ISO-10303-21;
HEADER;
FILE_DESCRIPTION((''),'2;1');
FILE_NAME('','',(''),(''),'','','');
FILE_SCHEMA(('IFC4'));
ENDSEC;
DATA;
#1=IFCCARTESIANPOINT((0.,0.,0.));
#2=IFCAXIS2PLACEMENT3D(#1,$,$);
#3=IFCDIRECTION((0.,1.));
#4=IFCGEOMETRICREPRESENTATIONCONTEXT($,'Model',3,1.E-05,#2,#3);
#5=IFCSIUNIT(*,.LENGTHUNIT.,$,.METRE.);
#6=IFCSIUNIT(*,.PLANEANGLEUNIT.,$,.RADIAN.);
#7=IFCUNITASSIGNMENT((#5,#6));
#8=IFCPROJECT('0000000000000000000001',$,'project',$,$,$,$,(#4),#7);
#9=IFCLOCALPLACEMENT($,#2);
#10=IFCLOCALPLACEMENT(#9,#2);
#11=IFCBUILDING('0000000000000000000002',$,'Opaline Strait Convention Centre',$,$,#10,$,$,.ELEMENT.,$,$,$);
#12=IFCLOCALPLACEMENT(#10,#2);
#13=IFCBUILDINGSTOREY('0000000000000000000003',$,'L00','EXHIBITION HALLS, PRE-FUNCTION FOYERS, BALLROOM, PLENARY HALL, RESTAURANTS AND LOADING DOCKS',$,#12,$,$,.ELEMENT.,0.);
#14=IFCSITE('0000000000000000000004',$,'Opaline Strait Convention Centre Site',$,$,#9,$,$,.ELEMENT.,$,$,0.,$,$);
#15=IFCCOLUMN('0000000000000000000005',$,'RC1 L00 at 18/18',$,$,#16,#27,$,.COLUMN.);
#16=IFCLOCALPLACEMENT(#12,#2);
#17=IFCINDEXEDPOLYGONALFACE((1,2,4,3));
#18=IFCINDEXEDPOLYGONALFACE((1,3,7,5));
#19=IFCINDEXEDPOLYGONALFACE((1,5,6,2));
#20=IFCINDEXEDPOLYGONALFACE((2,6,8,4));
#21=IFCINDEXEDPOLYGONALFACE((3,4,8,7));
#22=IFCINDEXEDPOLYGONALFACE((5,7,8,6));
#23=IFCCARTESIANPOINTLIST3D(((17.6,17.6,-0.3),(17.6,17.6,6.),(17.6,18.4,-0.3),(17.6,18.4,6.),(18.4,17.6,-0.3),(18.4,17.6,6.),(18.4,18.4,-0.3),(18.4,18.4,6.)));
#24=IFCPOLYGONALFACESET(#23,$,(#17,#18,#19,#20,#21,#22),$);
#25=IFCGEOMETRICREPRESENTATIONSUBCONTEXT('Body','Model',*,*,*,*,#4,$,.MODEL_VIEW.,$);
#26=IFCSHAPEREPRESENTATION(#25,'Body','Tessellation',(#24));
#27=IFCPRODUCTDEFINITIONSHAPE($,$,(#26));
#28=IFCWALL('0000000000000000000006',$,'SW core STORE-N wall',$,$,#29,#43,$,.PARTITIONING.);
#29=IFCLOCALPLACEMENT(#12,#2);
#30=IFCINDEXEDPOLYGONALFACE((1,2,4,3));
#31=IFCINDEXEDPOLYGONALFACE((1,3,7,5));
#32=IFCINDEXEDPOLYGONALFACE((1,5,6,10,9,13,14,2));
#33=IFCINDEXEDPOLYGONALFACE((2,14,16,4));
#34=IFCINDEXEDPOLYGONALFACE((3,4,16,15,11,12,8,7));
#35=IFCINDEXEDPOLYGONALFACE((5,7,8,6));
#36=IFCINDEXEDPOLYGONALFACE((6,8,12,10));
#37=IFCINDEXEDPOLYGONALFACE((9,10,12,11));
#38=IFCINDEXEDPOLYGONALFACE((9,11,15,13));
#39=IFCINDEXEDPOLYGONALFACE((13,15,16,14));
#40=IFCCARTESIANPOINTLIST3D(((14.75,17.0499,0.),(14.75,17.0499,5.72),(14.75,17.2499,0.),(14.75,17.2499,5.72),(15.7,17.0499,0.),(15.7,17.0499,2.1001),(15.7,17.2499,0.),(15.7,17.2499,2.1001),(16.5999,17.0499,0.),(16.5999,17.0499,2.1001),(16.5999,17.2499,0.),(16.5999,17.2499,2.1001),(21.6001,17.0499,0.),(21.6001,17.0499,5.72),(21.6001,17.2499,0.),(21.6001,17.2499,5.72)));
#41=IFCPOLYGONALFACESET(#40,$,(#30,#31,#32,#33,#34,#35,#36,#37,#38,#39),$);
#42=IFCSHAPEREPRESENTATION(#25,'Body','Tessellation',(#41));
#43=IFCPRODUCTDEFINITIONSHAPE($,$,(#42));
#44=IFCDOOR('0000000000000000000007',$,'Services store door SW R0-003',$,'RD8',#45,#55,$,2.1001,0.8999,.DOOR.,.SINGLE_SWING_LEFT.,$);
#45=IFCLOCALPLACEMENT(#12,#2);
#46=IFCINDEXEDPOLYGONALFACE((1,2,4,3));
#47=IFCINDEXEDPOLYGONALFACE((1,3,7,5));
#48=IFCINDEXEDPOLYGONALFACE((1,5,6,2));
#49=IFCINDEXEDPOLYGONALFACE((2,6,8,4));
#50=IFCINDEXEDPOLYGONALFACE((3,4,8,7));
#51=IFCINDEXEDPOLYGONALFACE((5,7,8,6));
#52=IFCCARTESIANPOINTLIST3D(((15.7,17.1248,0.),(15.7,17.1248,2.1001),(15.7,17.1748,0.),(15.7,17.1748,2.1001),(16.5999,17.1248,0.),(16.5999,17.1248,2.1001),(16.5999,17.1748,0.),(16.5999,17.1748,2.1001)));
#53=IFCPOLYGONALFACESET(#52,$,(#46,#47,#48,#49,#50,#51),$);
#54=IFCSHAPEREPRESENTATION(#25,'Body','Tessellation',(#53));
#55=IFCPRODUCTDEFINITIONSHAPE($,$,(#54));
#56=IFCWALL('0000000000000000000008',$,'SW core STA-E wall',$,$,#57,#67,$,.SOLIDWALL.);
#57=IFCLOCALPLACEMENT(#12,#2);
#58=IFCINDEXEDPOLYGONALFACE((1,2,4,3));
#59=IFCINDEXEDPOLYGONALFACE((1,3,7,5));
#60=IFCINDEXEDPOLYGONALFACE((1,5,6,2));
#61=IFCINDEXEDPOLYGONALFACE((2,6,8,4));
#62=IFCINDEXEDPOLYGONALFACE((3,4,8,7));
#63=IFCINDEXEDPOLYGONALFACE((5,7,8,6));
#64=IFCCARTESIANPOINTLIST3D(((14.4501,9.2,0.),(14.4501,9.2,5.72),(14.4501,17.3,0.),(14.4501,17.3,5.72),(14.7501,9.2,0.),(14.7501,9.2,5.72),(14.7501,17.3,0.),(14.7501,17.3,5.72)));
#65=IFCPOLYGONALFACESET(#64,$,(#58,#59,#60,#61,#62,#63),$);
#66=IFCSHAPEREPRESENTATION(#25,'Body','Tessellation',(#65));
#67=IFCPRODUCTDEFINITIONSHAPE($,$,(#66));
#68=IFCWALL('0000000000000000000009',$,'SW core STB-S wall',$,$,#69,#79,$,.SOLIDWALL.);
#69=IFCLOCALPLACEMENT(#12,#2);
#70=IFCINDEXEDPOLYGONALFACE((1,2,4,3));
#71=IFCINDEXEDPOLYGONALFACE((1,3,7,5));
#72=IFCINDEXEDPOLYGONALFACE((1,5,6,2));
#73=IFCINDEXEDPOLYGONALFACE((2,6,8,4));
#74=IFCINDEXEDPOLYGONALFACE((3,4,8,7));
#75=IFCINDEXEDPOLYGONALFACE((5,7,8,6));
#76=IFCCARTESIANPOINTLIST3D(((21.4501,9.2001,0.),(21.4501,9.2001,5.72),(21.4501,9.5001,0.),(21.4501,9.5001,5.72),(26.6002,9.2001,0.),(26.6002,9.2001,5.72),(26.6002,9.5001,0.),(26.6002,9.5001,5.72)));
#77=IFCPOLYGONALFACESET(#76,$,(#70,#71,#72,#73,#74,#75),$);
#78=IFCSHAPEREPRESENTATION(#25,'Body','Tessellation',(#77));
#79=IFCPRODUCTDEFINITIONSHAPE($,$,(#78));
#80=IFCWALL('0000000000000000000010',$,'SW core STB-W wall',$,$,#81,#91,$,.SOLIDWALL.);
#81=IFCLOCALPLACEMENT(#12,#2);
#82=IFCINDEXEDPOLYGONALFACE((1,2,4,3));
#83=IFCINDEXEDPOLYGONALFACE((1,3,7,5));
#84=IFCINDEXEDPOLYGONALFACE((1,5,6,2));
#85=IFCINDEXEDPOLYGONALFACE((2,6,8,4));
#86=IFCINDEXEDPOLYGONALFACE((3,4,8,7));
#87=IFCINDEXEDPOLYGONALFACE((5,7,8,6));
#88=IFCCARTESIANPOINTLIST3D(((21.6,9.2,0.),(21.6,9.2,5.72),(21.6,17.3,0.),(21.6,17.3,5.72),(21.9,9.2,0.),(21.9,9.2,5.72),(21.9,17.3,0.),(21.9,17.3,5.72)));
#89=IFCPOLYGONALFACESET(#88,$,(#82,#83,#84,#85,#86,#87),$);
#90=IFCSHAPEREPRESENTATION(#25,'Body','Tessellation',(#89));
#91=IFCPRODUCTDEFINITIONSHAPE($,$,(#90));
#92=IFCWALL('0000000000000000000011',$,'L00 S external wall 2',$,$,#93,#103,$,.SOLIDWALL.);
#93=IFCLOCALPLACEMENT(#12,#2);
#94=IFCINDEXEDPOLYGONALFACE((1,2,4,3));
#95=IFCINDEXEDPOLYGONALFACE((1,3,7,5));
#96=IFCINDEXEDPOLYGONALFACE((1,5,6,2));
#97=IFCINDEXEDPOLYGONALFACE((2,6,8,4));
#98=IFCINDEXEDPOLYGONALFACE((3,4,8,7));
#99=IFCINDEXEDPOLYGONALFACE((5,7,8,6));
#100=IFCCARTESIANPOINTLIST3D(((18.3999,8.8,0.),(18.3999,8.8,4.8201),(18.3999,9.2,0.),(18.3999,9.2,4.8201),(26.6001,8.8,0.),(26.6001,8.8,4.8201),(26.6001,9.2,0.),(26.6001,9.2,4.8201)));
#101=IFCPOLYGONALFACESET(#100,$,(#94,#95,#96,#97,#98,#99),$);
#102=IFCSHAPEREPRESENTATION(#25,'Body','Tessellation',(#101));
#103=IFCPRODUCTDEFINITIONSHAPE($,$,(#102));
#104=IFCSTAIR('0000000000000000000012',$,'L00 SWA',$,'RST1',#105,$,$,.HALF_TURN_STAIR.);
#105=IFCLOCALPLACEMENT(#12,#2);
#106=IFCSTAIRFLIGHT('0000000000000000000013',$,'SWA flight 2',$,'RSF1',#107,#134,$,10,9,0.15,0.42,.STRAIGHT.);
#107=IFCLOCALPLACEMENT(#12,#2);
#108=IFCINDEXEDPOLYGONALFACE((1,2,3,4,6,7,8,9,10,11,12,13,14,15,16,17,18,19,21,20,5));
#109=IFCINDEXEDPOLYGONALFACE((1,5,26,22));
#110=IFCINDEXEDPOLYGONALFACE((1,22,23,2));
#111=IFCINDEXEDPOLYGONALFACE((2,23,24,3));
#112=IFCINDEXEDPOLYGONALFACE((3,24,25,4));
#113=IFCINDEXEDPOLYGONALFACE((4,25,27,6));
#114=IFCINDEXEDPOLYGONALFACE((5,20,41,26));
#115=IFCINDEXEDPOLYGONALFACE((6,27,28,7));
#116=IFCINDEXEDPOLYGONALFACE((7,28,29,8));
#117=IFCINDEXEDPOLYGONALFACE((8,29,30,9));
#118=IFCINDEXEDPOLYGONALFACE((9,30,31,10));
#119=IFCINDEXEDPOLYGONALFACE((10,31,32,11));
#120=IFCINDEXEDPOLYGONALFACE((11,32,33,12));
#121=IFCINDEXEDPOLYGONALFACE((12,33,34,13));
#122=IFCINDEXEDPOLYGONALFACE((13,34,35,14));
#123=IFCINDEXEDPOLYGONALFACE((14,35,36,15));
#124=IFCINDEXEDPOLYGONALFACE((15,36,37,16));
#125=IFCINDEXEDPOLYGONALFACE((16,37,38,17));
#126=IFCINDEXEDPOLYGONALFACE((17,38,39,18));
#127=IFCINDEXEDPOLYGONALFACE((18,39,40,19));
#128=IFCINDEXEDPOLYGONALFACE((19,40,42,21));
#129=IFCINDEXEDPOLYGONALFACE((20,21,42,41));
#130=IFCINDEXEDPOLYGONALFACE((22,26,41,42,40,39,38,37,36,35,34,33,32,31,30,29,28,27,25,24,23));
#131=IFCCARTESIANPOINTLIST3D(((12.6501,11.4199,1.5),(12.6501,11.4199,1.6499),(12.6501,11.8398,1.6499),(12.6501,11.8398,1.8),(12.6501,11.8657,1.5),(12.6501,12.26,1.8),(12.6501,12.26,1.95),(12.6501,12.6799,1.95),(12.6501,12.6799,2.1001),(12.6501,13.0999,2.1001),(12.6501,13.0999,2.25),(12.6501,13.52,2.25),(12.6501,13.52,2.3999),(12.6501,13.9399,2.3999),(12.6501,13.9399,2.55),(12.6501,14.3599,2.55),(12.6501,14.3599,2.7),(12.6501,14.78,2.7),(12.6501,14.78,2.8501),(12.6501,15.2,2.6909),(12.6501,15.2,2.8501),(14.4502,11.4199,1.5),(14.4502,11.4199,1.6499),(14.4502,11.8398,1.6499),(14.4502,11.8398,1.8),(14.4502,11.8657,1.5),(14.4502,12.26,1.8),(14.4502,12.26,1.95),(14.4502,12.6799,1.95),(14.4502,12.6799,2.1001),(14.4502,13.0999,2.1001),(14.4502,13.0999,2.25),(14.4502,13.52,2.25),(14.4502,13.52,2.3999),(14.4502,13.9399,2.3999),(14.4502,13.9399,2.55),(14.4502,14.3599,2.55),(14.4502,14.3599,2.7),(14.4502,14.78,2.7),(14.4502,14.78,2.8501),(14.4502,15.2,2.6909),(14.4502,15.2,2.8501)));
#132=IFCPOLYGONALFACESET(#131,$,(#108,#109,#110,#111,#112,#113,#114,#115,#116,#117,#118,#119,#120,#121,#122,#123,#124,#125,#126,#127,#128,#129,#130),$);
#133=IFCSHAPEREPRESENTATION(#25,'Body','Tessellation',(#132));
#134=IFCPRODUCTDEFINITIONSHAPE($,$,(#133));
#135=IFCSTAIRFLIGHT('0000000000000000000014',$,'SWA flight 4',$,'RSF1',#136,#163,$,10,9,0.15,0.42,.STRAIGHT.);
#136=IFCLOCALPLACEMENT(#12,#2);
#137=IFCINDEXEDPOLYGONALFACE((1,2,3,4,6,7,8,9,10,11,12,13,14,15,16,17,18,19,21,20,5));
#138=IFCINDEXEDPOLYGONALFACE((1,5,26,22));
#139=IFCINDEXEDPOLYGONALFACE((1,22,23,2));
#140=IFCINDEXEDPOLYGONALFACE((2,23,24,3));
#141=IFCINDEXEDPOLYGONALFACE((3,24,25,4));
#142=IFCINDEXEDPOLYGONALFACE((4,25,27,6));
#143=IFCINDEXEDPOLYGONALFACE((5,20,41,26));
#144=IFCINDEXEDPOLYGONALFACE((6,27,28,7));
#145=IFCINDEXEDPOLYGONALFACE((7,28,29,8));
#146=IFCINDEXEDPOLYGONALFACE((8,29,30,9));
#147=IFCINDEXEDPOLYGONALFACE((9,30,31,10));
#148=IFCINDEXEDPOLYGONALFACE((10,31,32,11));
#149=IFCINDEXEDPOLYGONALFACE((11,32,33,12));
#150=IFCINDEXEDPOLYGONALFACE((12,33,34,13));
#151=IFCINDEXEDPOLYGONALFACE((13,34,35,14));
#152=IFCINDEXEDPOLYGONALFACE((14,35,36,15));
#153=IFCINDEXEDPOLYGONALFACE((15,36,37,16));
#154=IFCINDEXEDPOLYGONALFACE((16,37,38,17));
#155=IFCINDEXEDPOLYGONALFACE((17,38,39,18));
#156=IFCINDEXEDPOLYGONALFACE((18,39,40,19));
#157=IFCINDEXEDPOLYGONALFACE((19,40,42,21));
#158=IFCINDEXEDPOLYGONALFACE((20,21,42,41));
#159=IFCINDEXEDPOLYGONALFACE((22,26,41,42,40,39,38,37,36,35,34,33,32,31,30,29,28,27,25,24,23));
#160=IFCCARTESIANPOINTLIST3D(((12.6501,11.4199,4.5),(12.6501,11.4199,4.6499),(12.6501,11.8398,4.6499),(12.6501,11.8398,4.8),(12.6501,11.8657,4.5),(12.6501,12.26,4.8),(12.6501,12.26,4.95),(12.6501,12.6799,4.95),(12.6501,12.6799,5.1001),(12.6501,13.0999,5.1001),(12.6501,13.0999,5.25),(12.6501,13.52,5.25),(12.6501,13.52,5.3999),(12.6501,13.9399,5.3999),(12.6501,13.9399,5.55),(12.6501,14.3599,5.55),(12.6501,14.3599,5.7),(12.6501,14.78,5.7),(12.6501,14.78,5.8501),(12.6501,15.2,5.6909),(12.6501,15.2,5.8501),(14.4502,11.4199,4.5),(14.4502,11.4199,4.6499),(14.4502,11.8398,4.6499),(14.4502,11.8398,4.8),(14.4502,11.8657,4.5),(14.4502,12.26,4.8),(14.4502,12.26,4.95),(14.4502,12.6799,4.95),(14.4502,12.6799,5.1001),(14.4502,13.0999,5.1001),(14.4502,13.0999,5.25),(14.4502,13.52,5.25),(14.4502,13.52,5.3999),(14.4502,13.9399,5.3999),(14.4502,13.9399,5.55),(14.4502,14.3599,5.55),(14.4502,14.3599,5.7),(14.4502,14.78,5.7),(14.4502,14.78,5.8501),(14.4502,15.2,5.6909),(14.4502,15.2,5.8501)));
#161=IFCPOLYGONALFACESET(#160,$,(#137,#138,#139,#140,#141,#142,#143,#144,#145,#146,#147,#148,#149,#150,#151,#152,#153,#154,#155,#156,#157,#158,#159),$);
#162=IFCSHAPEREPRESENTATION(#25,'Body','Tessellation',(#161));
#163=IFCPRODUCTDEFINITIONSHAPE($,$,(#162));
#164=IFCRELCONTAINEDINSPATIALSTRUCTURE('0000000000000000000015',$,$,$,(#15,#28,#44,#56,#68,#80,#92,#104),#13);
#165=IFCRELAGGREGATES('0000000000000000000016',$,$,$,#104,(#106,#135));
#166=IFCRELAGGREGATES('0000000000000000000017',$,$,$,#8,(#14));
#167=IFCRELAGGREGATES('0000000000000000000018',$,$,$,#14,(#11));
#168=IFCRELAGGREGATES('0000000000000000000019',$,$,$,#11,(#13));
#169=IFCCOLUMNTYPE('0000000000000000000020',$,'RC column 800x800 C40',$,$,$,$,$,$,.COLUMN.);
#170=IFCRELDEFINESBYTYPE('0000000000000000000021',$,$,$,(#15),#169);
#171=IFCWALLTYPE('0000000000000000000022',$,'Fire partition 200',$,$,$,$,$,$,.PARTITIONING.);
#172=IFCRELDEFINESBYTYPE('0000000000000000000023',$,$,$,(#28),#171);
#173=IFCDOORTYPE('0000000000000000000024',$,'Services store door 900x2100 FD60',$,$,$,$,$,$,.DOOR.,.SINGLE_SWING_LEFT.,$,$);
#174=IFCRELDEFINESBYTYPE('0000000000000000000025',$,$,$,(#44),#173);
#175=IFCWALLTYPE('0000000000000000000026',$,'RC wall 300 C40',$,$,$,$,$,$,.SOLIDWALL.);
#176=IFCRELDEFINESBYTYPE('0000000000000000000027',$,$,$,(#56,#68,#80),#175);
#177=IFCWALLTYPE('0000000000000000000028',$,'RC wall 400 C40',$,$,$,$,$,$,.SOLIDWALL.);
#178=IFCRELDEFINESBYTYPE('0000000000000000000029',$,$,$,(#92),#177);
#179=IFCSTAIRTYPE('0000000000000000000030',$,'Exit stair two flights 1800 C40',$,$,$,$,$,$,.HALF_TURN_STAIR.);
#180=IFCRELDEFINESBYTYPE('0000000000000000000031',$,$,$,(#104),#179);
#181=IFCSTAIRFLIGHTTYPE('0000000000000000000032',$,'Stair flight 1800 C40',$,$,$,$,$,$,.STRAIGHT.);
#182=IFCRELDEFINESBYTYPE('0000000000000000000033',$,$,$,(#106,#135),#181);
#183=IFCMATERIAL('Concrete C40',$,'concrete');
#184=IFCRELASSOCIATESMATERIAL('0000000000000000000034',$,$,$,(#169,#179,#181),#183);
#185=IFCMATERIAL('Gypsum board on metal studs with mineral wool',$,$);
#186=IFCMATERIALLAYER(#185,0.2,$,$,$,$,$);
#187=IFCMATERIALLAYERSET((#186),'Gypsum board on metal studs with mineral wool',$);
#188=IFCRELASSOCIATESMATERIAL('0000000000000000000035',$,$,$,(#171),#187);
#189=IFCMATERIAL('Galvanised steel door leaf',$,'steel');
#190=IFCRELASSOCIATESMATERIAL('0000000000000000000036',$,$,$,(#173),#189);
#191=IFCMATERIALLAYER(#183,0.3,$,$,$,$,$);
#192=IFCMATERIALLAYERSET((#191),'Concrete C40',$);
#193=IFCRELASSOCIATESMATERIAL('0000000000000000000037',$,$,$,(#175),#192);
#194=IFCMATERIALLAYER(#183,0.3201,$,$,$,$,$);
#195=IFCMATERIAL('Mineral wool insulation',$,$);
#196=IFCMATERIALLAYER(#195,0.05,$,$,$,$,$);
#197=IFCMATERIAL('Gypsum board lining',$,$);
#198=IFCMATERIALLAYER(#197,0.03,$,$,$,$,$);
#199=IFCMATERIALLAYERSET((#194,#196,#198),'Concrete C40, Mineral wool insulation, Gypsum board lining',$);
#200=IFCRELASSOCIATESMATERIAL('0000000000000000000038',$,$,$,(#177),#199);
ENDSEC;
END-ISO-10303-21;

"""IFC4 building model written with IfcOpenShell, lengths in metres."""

from ifc_helpers import new_model, si_unit, direction, frame, frame_2d, origin, origin_2d, place, context, subcontext, project, spatial, polyline, rectangle, outline, extrude, material, layer, layer_set, material_profile, profile_set, type_object, element, fill, aggregate, save


model = new_model("IFC4")

# Units and contexts
model_context = context("Model", 3, precision=1e-05, world=origin(), true_north=direction((0.0, 1.0)))
body_context = subcontext(model_context, "Body", "Model", "MODEL_VIEW")
ifc_project = project(units=[si_unit("LENGTHUNIT", "METRE"), si_unit("PLANEANGLEUNIT", "RADIAN")], contexts=[model_context])

# Site, building, storey
site_placement = place(None, origin())
site = spatial("IfcSite", under=ifc_project, at=site_placement, Name="Opaline Strait Convention Centre Site", CompositionType="ELEMENT", RefElevation=0.0)
building_placement = place(site_placement, origin())
building = spatial("IfcBuilding", under=site, at=building_placement, Name="Opaline Strait Convention Centre", CompositionType="ELEMENT")
storey_placement = place(building_placement, origin())
storey = spatial("IfcBuildingStorey", under=building, at=storey_placement, Name="L00", Description="EXHIBITION HALLS, PRE-FUNCTION FOYERS, BALLROOM, PLENARY HALL, RESTAURANTS AND LOADING DOCKS", CompositionType="ELEMENT", Elevation=0.0)

# Column
ifc_material_1 = material(Name="Concrete C40", Category="concrete")
ifc_material_profile_1 = material_profile(ifc_material_1, rectangle(XDim=0.8, YDim=0.8, at=origin_2d()), Name="RC 800x800")
ifc_profile_set_1 = profile_set([ifc_material_profile_1], Name="Concrete C40")
column_type = type_object("IfcColumnType", Name="RC column 800x800 C40", PredefinedType="COLUMN", material=ifc_profile_set_1)
for number, where, z_axis, x_axis, name in (
    (1, (18.0, 18.0, -0.3), (0.0, 0.0, 1.0), (1.0, 0.0, 0.0), "RC1 L00 at 18/18"),
):
    element("IfcColumn", number, at=place(storey_placement, frame(where, z_axis=z_axis, x_axis=x_axis)), inside=storey, type_object=column_type, Name=name, PredefinedType="COLUMN", context=body_context, shape_type="SweptSolid", body=[
        extrude(rectangle(XDim=0.8, YDim=0.8, at=origin_2d()), origin(), (0.0, 0.0, 1.0), 6.3),
    ])

# Wall, opening, door
ifc_material_2 = material(Name="Gypsum board on metal studs with mineral wool")
ifc_layer_1 = layer(ifc_material_2, 0.2)
ifc_layer_set_1 = layer_set([ifc_layer_1], Name="Gypsum board on metal studs with mineral wool")
wall_type_1 = type_object("IfcWallType", Name="Fire partition 200", PredefinedType="PARTITIONING", material=ifc_layer_set_1)
wall_1_placement = place(storey_placement, frame((14.75, 17.1499, 0.0), z_axis=(0.0, 0.0, 1.0), x_axis=(1.0, 0.0, 0.0)))
wall_1 = element("IfcWall", 2, at=wall_1_placement, inside=storey, type_object=wall_type_1, Name="SW core STORE-N wall", PredefinedType="PARTITIONING", context=body_context, shape_type="SweptSolid", body=[
    extrude(rectangle(XDim=6.8501, YDim=0.2, at=frame_2d((3.425, 0.0))), origin(), (0.0, 0.0, 1.0), 5.72),
])
opening_1_placement = place(wall_1_placement, frame((0.95, 0.0, 0.0)))
opening_1 = element("IfcOpeningElement", 3, at=opening_1_placement, cuts=wall_1, PredefinedType="OPENING", context=body_context, shape_type="SweptSolid", body=[
    extrude(rectangle(XDim=0.8999, YDim=2.1001, at=frame_2d((0.45, 1.05))), frame((0.0, 0.1099, 0.0), z_axis=(0.0, -1.0, 0.0), x_axis=(1.0, 0.0, 0.0)), (0.0, 0.0, 1.0), 0.22),
])
ifc_material_3 = material(Name="Galvanised steel door leaf", Category="steel")
door_type_1 = type_object("IfcDoorType", Name="Services store door 900x2100 FD60", OperationType="SINGLE_SWING_LEFT", PredefinedType="DOOR", material=ifc_material_3)
door_1_placement = place(opening_1_placement, origin())
door_1 = element("IfcDoor", 4, at=door_1_placement, inside=storey, type_object=door_type_1, Name="Services store door SW R0-003", ObjectType="RD8", OperationType="SINGLE_SWING_LEFT", OverallHeight=2.1001, OverallWidth=0.8999, PredefinedType="DOOR", context=body_context, shape_type="SweptSolid", body=[
    extrude(rectangle(XDim=0.8999, YDim=2.1001, at=frame_2d((0.45, 1.05))), frame((0.0, 0.0249, 0.0), z_axis=(0.0, -1.0, 0.0), x_axis=(1.0, 0.0, 0.0)), (0.0, 0.0, 1.0), 0.05),
])
fill(opening_1, door_1)

# Walls
ifc_layer_2 = layer(ifc_material_1, 0.3)
ifc_layer_set_2 = layer_set([ifc_layer_2], Name="Concrete C40")
wall_type_2 = type_object("IfcWallType", Name="RC wall 300 C40", PredefinedType="SOLIDWALL", material=ifc_layer_set_2)
wall_2_placement = place(storey_placement, frame((14.6001, 9.2, 0.0), z_axis=(0.0, 0.0, 1.0), x_axis=(0.0, 1.0, 0.0)))
element("IfcWall", 5, at=wall_2_placement, inside=storey, type_object=wall_type_2, Name="SW core STA-E wall", PredefinedType="SOLIDWALL", context=body_context, shape_type="SweptSolid", body=[
    extrude(rectangle(XDim=8.1001, YDim=0.3, at=frame_2d((4.05, 0.0))), origin(), (0.0, 0.0, 1.0), 5.72),
])
wall_3_placement = place(storey_placement, frame((21.45, 9.3501, 0.0), z_axis=(0.0, 0.0, 1.0), x_axis=(1.0, 0.0, 0.0)))
element("IfcWall", 6, at=wall_3_placement, inside=storey, type_object=wall_type_2, Name="SW core STB-S wall", PredefinedType="SOLIDWALL", context=body_context, shape_type="SweptSolid", body=[
    extrude(rectangle(XDim=5.1501, YDim=0.3, at=frame_2d((2.5752, 0.0))), origin(), (0.0, 0.0, 1.0), 5.72),
])

# Walls
wall_4_placement = place(storey_placement, frame((21.75, 9.2, 0.0), z_axis=(0.0, 0.0, 1.0), x_axis=(0.0, 1.0, 0.0)))
element("IfcWall", 7, at=wall_4_placement, inside=storey, type_object=wall_type_2, Name="SW core STB-W wall", PredefinedType="SOLIDWALL", context=body_context, shape_type="SweptSolid", body=[
    extrude(rectangle(XDim=8.1001, YDim=0.3, at=frame_2d((4.05, 0.0))), origin(), (0.0, 0.0, 1.0), 5.72),
])
ifc_layer_3 = layer(ifc_material_1, 0.3201)
ifc_material_4 = material(Name="Mineral wool insulation")
ifc_layer_4 = layer(ifc_material_4, 0.05)
ifc_material_5 = material(Name="Gypsum board lining")
ifc_layer_5 = layer(ifc_material_5, 0.03)
ifc_layer_set_3 = layer_set([ifc_layer_3, ifc_layer_4, ifc_layer_5], Name="Concrete C40, Mineral wool insulation, Gypsum board lining")
wall_type_3 = type_object("IfcWallType", Name="RC wall 400 C40", PredefinedType="SOLIDWALL", material=ifc_layer_set_3)
wall_5_placement = place(storey_placement, frame((18.3999, 9.0, 0.0), z_axis=(0.0, 0.0, 1.0), x_axis=(1.0, 0.0, 0.0)))
element("IfcWall", 8, at=wall_5_placement, inside=storey, type_object=wall_type_3, Name="L00 S external wall 2", PredefinedType="SOLIDWALL", context=body_context, shape_type="SweptSolid", body=[
    extrude(rectangle(XDim=8.2002, YDim=0.3999, at=frame_2d((4.1001, 0.0))), origin(), (0.0, 0.0, 1.0), 4.8201),
])

# Stair, stair flights
stair_type = type_object("IfcStairType", Name="Exit stair two flights 1800 C40", PredefinedType="HALF_TURN_STAIR", material=ifc_material_1)
stair_1_placement = place(storey_placement, origin())
stair_1 = element("IfcStair", 9, at=stair_1_placement, inside=storey, type_object=stair_type, Name="L00 SWA", ObjectType="RST1", PredefinedType="HALF_TURN_STAIR")
stair_flight_type = type_object("IfcStairFlightType", Name="Stair flight 1800 C40", PredefinedType="STRAIGHT", material=ifc_material_1)
stair_flight_1_placement = place(storey_placement, frame((13.55, 11.4199, 1.5), z_axis=(0.0, 0.0, 1.0), x_axis=(0.0, 1.0, 0.0)))
stair_flight_1 = element("IfcStairFlight", 10, at=stair_flight_1_placement, type_object=stair_flight_type, Name="SWA flight 2", ObjectType="RSF1", NumberOfRisers=10, NumberOfTreads=9, PredefinedType="STRAIGHT", RiserHeight=0.15, TreadLength=0.42, context=body_context, shape_type="SweptSolid", body=[
    extrude(outline(polyline([(0.0, 0.0), (0.0, 0.1499), (0.4199, 0.1499), (0.4199, 0.3), (0.8401, 0.3), (0.8401, 0.45), (1.26, 0.45), (1.26, 0.6001), (1.6799, 0.6001), (1.6799, 0.75), (2.1001, 0.75), (2.1001, 0.8999), (2.52, 0.8999), (2.52, 1.05), (2.9399, 1.05), (2.9399, 1.2), (3.3601, 1.2), (3.3601, 1.3501), (3.78, 1.3501), (3.78, 1.5), (3.78, 1.1909), (0.4458, 0.0), (0.0, 0.0)])), frame((0.0, 0.8999, 0.0), z_axis=(0.0, -1.0, 0.0), x_axis=(1.0, 0.0, 0.0)), (0.0, 0.0, 1.0), 1.8),
])
stair_flight_2_placement = place(storey_placement, frame((13.55, 11.4199, 4.5), z_axis=(0.0, 0.0, 1.0), x_axis=(0.0, 1.0, 0.0)))
stair_flight_2 = element("IfcStairFlight", 11, at=stair_flight_2_placement, type_object=stair_flight_type, Name="SWA flight 4", ObjectType="RSF1", NumberOfRisers=10, NumberOfTreads=9, PredefinedType="STRAIGHT", RiserHeight=0.15, TreadLength=0.42, context=body_context, shape_type="SweptSolid", body=[
    extrude(outline(polyline([(0.0, 0.0), (0.0, 0.1499), (0.4199, 0.1499), (0.4199, 0.3), (0.8401, 0.3), (0.8401, 0.45), (1.26, 0.45), (1.26, 0.6001), (1.6799, 0.6001), (1.6799, 0.75), (2.1001, 0.75), (2.1001, 0.8999), (2.52, 0.8999), (2.52, 1.05), (2.9399, 1.05), (2.9399, 1.2), (3.3601, 1.2), (3.3601, 1.3501), (3.78, 1.3501), (3.78, 1.5), (3.78, 1.1909), (0.4458, 0.0), (0.0, 0.0)])), frame((0.0, 0.8999, 0.0), z_axis=(0.0, -1.0, 0.0), x_axis=(1.0, 0.0, 0.0)), (0.0, 0.0, 1.0), 1.8),
])
aggregate(stair_1, [stair_flight_1, stair_flight_2])

save(model, "model.ifc")
